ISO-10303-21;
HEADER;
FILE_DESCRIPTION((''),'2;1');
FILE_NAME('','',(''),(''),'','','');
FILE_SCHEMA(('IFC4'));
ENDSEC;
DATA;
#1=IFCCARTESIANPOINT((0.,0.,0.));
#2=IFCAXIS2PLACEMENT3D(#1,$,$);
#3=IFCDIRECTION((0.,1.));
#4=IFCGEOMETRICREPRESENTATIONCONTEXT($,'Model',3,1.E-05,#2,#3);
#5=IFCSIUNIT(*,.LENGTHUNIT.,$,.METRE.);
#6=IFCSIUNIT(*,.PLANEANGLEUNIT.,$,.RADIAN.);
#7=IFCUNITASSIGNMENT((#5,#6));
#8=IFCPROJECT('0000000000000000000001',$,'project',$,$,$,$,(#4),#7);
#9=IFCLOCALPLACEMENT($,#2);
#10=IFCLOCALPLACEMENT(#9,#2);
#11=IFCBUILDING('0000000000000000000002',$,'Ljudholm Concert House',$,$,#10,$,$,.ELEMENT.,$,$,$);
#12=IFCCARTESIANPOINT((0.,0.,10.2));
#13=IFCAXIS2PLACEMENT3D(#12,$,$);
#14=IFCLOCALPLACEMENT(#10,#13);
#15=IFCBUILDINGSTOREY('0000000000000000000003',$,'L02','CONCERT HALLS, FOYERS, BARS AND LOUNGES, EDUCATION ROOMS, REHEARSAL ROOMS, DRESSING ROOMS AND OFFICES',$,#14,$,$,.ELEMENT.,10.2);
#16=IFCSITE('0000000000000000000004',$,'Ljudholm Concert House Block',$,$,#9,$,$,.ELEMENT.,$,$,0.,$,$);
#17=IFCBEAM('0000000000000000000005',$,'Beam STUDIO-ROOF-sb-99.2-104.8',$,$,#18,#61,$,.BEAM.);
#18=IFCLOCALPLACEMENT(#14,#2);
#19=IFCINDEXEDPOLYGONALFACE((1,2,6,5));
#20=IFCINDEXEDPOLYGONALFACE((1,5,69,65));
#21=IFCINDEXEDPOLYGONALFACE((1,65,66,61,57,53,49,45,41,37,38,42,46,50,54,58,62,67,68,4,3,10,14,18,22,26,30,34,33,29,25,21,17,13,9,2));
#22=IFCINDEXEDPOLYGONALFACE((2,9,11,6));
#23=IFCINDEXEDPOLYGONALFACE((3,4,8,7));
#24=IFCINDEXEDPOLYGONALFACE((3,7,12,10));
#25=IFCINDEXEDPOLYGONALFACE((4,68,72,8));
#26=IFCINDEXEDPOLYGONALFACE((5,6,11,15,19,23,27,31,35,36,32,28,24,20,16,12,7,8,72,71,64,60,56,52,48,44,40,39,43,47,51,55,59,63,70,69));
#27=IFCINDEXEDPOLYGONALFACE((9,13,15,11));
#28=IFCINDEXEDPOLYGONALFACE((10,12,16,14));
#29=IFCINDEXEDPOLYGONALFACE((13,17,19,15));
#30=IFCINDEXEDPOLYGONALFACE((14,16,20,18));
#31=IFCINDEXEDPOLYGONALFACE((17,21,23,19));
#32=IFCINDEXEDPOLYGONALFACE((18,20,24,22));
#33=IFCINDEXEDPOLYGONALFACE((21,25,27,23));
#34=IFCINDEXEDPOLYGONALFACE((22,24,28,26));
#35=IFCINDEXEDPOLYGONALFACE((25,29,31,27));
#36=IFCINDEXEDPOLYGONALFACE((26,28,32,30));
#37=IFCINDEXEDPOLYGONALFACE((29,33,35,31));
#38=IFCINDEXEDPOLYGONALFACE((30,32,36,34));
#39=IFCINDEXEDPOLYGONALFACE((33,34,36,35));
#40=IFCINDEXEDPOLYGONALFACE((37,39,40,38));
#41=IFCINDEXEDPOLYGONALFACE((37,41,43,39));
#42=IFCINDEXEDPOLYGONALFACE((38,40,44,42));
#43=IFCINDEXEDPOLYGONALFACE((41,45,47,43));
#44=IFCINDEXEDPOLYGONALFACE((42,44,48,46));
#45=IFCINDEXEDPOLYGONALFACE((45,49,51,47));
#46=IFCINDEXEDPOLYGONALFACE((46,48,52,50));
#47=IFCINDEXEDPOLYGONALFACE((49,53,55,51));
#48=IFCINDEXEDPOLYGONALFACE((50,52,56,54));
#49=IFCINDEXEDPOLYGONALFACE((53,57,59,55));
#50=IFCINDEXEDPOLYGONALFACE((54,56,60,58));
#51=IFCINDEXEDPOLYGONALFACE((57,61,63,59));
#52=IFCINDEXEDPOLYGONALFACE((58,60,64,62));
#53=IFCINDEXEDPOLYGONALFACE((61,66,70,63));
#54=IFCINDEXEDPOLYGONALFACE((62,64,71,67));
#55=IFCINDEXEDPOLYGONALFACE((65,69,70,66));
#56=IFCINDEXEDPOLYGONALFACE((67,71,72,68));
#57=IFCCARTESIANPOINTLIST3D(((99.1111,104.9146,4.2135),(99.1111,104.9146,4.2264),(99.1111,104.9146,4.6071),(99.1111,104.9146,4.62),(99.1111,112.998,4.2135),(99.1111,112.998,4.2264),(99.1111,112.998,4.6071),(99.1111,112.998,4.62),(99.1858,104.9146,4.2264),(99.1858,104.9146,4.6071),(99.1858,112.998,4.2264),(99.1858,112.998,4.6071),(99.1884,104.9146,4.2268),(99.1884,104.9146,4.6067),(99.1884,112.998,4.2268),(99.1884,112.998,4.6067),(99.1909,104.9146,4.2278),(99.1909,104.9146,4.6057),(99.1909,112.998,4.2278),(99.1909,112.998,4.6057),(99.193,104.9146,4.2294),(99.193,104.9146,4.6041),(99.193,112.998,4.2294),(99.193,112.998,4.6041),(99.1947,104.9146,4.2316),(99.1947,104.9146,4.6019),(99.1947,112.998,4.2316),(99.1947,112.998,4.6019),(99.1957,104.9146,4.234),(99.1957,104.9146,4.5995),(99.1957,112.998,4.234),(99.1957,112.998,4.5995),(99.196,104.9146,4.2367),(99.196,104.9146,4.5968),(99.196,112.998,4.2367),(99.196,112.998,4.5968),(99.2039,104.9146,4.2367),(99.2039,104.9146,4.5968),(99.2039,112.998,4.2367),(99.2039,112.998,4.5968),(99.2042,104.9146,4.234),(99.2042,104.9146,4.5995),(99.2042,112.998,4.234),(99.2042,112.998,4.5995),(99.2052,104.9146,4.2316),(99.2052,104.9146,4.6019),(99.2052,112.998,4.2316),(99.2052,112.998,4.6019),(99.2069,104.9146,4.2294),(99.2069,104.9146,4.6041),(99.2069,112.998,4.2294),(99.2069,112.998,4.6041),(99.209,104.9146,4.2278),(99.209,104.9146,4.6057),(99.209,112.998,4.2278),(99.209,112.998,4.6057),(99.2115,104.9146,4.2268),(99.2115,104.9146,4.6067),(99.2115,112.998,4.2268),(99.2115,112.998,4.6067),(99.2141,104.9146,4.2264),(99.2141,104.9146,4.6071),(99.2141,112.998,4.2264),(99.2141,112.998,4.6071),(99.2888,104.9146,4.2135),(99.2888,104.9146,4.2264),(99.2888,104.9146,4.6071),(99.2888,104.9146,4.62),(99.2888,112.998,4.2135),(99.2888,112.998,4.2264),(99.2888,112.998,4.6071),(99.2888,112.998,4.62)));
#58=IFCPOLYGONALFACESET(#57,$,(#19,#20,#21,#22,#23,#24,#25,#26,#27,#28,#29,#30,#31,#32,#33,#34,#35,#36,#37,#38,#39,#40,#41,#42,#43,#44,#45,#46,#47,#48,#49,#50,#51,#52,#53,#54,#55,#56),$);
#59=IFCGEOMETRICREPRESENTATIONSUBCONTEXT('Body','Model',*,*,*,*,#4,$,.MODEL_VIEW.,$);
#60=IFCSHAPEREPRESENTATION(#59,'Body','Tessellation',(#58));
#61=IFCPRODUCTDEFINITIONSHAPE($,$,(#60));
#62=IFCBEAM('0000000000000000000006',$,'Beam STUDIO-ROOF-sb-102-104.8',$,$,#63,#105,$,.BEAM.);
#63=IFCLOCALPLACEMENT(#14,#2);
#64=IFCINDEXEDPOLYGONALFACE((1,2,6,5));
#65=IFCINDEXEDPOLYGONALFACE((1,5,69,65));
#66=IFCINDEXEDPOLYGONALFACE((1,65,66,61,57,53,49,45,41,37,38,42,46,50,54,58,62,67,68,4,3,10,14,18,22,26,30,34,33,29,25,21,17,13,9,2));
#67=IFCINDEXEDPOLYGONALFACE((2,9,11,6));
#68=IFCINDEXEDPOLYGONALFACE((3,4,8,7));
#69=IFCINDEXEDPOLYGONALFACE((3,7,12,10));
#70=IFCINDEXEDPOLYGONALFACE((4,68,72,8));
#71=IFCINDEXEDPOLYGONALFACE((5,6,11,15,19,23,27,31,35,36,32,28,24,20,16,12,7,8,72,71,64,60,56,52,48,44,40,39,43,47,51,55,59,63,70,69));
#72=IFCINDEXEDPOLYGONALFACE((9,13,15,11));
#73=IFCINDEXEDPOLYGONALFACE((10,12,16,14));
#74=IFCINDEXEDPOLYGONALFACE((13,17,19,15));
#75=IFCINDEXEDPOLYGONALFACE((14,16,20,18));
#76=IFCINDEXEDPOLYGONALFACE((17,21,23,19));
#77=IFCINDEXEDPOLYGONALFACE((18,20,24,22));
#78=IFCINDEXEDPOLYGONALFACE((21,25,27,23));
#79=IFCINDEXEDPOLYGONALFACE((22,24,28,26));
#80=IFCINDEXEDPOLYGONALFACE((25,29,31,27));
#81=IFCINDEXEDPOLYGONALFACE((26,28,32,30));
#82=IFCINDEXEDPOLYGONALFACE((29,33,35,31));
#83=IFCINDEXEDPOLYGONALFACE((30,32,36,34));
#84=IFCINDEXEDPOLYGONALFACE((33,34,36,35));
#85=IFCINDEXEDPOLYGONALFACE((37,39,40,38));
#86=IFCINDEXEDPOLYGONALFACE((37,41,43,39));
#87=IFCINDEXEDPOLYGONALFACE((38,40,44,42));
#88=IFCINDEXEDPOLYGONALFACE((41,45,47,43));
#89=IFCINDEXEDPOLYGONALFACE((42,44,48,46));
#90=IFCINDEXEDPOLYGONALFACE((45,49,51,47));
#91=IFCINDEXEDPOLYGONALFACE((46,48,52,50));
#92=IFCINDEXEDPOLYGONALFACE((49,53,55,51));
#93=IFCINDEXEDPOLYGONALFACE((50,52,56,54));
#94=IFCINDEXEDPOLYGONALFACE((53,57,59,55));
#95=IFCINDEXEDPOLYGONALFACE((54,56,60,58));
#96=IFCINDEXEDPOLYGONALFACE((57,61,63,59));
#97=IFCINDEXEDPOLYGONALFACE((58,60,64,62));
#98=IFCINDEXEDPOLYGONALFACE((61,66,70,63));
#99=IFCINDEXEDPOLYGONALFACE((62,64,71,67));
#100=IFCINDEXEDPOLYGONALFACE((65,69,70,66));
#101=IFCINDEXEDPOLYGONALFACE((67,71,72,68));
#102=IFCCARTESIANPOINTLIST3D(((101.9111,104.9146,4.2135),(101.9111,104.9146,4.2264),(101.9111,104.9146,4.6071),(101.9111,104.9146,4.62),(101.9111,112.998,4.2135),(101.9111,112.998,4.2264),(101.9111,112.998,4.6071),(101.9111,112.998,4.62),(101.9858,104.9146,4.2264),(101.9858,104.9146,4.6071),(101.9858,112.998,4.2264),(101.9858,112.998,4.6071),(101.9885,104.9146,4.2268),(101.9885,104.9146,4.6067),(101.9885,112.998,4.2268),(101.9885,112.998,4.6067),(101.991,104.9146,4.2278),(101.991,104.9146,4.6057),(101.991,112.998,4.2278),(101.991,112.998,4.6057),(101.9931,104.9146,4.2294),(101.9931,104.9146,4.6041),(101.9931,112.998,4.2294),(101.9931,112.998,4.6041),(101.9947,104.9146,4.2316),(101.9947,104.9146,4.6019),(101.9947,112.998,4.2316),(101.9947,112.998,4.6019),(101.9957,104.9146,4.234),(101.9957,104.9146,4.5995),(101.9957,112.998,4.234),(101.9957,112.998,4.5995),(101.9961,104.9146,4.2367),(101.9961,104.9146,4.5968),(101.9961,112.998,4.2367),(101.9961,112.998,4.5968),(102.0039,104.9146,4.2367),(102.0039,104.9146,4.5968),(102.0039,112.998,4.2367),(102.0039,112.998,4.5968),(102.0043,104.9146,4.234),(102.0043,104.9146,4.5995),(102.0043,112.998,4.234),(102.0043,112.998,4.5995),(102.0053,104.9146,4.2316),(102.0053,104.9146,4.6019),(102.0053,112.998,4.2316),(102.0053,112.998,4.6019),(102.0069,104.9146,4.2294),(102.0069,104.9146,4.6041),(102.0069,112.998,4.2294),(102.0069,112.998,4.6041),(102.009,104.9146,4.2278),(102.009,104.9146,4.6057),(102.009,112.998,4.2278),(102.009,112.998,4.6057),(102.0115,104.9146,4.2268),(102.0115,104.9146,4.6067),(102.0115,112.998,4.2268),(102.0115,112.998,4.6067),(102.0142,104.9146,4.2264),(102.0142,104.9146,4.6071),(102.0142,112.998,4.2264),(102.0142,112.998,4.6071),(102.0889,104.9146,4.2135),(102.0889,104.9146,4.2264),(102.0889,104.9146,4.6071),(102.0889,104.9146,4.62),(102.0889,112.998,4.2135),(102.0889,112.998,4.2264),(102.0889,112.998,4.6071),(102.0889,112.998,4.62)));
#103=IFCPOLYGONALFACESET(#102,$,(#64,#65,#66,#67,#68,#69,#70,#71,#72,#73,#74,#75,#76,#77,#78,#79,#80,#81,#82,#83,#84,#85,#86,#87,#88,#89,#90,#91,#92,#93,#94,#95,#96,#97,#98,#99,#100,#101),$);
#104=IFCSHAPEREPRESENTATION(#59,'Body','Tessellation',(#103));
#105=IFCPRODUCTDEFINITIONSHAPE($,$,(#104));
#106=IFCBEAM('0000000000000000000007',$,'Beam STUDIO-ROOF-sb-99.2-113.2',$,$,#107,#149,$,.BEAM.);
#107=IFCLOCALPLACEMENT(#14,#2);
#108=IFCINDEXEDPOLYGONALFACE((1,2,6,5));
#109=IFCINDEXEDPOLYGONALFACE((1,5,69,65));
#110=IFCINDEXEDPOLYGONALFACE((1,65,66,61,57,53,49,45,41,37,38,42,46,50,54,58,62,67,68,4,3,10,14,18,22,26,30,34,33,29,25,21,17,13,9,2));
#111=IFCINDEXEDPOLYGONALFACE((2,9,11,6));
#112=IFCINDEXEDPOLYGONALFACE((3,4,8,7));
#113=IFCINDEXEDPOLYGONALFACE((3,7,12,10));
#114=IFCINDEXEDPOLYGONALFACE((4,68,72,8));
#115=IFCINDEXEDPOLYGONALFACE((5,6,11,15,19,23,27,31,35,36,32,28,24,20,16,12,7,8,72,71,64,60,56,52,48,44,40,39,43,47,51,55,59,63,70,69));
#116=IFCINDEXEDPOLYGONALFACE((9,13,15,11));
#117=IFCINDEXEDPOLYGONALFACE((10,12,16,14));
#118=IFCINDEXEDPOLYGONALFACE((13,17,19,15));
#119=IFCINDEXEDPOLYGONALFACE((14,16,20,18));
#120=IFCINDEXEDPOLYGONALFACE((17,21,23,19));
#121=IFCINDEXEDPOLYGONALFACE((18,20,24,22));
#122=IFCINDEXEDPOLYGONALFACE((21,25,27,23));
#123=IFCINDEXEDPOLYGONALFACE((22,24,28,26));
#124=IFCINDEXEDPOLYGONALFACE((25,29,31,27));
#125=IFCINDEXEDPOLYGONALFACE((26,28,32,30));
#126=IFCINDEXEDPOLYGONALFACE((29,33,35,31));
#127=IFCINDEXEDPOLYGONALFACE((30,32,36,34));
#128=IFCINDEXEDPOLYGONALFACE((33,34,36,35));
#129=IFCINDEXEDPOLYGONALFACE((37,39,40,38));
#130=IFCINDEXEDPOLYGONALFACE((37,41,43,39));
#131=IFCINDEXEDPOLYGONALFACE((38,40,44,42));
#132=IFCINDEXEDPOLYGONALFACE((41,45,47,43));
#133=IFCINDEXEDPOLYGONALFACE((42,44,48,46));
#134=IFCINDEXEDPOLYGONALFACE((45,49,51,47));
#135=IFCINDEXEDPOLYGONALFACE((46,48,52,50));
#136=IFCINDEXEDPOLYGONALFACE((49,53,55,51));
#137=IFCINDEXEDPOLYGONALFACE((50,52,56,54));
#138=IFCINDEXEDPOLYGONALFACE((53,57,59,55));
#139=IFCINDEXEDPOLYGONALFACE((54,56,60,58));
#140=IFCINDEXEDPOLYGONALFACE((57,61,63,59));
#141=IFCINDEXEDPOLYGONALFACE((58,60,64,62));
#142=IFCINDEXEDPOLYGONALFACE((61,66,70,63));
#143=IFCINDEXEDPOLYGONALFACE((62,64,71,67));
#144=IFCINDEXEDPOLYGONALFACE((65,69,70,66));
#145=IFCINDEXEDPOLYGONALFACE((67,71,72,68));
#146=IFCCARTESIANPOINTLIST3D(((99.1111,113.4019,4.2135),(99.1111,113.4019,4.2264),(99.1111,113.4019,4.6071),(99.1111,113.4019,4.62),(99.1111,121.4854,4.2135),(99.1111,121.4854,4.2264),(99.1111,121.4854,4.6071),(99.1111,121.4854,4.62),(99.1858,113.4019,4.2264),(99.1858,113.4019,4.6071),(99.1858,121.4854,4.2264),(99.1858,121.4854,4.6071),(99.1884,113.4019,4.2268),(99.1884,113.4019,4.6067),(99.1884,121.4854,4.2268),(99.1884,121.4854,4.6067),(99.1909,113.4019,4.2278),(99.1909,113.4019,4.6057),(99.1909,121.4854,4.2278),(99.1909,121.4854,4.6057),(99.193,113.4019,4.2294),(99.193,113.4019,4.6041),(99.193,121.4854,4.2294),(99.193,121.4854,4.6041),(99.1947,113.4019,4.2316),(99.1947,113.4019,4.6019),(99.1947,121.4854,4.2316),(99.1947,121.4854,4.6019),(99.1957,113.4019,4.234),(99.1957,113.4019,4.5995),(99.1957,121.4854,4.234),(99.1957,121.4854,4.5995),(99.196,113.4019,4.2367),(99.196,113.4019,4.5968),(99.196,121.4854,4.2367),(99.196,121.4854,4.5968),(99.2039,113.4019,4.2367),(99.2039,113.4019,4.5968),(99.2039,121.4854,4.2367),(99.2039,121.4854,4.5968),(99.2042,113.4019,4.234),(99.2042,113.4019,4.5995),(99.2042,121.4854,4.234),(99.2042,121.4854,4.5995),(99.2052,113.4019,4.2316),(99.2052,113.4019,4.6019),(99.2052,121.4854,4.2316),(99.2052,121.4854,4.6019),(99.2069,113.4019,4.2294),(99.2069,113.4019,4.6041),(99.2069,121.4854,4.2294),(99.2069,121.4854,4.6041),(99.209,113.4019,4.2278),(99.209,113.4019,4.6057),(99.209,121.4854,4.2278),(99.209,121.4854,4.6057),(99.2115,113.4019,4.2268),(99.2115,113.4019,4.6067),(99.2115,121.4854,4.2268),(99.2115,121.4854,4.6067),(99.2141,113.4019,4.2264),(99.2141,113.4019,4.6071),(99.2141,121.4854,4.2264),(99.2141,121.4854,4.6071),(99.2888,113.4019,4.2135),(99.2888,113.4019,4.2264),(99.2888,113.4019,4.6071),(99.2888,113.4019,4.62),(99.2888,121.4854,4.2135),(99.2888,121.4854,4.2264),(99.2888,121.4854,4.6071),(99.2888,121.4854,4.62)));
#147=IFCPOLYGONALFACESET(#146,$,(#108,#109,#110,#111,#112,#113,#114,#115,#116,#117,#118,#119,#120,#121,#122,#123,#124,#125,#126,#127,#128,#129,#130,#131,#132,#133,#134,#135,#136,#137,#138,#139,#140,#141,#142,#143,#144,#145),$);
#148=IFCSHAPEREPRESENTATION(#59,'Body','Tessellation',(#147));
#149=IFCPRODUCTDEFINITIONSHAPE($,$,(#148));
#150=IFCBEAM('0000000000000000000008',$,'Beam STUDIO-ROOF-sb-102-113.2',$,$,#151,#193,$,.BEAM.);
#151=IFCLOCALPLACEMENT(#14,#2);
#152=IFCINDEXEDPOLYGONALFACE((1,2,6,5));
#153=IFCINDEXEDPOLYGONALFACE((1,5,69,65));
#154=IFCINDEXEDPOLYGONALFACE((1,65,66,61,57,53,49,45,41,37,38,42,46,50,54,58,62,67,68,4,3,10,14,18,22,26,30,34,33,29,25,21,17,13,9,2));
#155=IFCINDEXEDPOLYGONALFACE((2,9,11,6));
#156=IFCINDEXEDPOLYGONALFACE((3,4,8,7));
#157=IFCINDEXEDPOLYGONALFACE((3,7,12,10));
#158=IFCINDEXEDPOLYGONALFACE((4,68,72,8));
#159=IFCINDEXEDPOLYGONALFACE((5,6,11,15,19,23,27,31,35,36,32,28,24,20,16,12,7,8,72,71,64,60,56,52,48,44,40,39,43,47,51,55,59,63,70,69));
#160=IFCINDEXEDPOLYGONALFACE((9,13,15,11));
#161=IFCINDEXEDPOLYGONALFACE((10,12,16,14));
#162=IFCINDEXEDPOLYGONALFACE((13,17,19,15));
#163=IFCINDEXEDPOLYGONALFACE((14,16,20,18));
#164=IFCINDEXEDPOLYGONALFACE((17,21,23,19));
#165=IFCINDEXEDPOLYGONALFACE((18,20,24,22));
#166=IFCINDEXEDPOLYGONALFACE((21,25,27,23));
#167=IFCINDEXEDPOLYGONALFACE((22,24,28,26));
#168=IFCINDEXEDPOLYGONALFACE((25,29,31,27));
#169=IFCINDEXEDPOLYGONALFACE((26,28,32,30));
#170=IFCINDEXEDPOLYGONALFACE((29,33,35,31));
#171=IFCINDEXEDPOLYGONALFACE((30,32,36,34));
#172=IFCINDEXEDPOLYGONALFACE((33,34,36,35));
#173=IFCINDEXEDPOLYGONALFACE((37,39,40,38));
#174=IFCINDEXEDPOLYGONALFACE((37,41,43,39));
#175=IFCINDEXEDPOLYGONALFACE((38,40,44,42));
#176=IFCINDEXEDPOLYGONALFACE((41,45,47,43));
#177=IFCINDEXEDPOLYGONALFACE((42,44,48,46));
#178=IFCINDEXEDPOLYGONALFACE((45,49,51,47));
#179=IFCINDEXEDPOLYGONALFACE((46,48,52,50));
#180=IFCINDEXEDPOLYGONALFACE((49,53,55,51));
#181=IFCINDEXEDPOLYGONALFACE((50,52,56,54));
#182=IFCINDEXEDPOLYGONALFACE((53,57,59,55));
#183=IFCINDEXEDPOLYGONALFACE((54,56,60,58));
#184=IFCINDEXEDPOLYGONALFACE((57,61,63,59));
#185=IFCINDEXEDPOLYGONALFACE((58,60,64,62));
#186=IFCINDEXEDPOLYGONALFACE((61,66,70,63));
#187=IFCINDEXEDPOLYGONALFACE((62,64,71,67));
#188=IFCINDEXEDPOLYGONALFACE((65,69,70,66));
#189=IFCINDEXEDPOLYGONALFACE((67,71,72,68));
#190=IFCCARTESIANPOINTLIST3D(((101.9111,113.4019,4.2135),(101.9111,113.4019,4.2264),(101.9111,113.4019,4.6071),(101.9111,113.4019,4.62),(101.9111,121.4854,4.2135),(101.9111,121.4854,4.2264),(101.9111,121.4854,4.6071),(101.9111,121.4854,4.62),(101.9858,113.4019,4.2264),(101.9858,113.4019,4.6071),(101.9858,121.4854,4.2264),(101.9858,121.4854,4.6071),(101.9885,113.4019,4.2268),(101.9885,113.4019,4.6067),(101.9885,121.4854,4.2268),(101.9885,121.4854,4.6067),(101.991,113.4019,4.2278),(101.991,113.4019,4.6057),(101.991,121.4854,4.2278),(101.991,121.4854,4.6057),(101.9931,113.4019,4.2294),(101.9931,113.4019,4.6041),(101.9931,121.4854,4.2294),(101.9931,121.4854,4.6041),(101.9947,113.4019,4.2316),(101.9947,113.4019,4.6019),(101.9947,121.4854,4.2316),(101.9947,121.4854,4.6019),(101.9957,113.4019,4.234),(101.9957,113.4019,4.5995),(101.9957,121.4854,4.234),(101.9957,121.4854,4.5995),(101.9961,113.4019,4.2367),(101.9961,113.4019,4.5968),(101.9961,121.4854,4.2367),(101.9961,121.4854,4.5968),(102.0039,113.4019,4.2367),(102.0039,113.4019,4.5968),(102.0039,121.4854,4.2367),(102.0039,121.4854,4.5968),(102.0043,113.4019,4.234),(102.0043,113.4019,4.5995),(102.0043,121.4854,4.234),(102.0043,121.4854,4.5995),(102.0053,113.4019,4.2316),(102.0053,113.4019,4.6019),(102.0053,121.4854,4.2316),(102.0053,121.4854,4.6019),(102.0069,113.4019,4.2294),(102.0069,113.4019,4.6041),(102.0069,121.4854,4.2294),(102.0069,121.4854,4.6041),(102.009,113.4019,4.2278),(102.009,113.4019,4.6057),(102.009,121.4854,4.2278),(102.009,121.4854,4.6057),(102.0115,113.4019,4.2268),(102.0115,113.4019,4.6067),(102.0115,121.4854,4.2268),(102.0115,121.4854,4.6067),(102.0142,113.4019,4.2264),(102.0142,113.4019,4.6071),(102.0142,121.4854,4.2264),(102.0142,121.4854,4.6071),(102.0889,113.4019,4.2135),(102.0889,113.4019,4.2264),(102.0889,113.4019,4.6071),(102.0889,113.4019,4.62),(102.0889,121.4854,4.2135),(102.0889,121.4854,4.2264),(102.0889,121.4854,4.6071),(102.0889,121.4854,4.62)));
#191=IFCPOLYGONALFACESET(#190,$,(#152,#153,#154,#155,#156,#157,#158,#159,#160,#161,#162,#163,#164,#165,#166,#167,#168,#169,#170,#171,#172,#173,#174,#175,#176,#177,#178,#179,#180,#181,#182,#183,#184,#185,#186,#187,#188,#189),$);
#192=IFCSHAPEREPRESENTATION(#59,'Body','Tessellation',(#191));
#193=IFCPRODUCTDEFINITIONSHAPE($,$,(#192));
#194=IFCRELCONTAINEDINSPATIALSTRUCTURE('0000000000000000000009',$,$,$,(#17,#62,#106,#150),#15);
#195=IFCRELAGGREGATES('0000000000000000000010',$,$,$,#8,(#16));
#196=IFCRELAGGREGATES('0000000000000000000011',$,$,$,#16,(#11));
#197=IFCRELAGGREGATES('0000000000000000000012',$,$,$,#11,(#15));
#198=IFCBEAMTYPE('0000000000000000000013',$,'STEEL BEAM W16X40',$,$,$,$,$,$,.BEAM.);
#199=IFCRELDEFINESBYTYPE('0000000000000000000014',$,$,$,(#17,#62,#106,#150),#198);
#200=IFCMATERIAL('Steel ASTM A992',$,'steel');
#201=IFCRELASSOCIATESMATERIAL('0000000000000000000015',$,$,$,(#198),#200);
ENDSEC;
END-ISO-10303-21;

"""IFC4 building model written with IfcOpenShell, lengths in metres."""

from ifc_helpers import new_model, si_unit, direction, frame, origin, origin_2d, place, context, subcontext, project, spatial, i_section, extrude, material, material_profile, profile_set, type_object, element, save


model = new_model("IFC4")

# Units and contexts
model_context = context("Model", 3, precision=1e-05, world=origin(), true_north=direction((0.0, 1.0)))
body_context = subcontext(model_context, "Body", "Model", "MODEL_VIEW")
ifc_project = project(units=[si_unit("LENGTHUNIT", "METRE"), si_unit("PLANEANGLEUNIT", "RADIAN")], contexts=[model_context])

# Site, building, storey
site_placement = place(None, origin())
site = spatial("IfcSite", under=ifc_project, at=site_placement, Name="Ljudholm Concert House Block", CompositionType="ELEMENT", RefElevation=0.0)
building_placement = place(site_placement, origin())
building = spatial("IfcBuilding", under=site, at=building_placement, Name="Ljudholm Concert House", CompositionType="ELEMENT")
storey_placement = place(building_placement, frame((0.0, 0.0, 10.2)))
storey = spatial("IfcBuildingStorey", under=building, at=storey_placement, Name="L02", Description="CONCERT HALLS, FOYERS, BARS AND LOUNGES, EDUCATION ROOMS, REHEARSAL ROOMS, DRESSING ROOMS AND OFFICES", CompositionType="ELEMENT", Elevation=10.2)

# Beams
ifc_material_1 = material(Name="Steel ASTM A992", Category="steel")
ifc_material_profile_1 = material_profile(ifc_material_1, i_section(OverallWidth=0.1777, OverallDepth=0.4065, WebThickness=0.0078, FlangeThickness=0.0129, FilletRadius=0.0103, at=origin_2d()), Name="W16X40")
ifc_profile_set_1 = profile_set([ifc_material_profile_1], Name="Steel ASTM A992")
beam_type_1 = type_object("IfcBeamType", Name="STEEL BEAM W16X40", PredefinedType="BEAM", material=ifc_profile_set_1)
for number, where, z_axis, x_axis, name in (
    (1, (99.2, 104.9146, 4.4167), (0.0, 1.0, 0.0), (-1.0, 0.0, 0.0), "Beam STUDIO-ROOF-sb-99.2-104.8"),
    (2, (102.0, 104.9146, 4.4167), (0.0, 1.0, 0.0), (-1.0, 0.0, 0.0), "Beam STUDIO-ROOF-sb-102-104.8"),
    (3, (99.2, 113.4019, 4.4167), (0.0, 1.0, 0.0), (-1.0, 0.0, 0.0), "Beam STUDIO-ROOF-sb-99.2-113.2"),
    (4, (102.0, 113.4019, 4.4167), (0.0, 1.0, 0.0), (-1.0, 0.0, 0.0), "Beam STUDIO-ROOF-sb-102-113.2"),
):
    element("IfcBeam", number, at=place(storey_placement, frame(where, z_axis=z_axis, x_axis=x_axis)), inside=storey, type_object=beam_type_1, Name=name, PredefinedType="BEAM", context=body_context, shape_type="SweptSolid", body=[
        extrude(i_section(OverallWidth=0.1777, OverallDepth=0.4065, WebThickness=0.0078, FlangeThickness=0.0129, FilletRadius=0.0103, at=origin_2d()), origin(), (0.0, 0.0, 1.0), 8.0835),
    ])

save(model, "model.ifc")
